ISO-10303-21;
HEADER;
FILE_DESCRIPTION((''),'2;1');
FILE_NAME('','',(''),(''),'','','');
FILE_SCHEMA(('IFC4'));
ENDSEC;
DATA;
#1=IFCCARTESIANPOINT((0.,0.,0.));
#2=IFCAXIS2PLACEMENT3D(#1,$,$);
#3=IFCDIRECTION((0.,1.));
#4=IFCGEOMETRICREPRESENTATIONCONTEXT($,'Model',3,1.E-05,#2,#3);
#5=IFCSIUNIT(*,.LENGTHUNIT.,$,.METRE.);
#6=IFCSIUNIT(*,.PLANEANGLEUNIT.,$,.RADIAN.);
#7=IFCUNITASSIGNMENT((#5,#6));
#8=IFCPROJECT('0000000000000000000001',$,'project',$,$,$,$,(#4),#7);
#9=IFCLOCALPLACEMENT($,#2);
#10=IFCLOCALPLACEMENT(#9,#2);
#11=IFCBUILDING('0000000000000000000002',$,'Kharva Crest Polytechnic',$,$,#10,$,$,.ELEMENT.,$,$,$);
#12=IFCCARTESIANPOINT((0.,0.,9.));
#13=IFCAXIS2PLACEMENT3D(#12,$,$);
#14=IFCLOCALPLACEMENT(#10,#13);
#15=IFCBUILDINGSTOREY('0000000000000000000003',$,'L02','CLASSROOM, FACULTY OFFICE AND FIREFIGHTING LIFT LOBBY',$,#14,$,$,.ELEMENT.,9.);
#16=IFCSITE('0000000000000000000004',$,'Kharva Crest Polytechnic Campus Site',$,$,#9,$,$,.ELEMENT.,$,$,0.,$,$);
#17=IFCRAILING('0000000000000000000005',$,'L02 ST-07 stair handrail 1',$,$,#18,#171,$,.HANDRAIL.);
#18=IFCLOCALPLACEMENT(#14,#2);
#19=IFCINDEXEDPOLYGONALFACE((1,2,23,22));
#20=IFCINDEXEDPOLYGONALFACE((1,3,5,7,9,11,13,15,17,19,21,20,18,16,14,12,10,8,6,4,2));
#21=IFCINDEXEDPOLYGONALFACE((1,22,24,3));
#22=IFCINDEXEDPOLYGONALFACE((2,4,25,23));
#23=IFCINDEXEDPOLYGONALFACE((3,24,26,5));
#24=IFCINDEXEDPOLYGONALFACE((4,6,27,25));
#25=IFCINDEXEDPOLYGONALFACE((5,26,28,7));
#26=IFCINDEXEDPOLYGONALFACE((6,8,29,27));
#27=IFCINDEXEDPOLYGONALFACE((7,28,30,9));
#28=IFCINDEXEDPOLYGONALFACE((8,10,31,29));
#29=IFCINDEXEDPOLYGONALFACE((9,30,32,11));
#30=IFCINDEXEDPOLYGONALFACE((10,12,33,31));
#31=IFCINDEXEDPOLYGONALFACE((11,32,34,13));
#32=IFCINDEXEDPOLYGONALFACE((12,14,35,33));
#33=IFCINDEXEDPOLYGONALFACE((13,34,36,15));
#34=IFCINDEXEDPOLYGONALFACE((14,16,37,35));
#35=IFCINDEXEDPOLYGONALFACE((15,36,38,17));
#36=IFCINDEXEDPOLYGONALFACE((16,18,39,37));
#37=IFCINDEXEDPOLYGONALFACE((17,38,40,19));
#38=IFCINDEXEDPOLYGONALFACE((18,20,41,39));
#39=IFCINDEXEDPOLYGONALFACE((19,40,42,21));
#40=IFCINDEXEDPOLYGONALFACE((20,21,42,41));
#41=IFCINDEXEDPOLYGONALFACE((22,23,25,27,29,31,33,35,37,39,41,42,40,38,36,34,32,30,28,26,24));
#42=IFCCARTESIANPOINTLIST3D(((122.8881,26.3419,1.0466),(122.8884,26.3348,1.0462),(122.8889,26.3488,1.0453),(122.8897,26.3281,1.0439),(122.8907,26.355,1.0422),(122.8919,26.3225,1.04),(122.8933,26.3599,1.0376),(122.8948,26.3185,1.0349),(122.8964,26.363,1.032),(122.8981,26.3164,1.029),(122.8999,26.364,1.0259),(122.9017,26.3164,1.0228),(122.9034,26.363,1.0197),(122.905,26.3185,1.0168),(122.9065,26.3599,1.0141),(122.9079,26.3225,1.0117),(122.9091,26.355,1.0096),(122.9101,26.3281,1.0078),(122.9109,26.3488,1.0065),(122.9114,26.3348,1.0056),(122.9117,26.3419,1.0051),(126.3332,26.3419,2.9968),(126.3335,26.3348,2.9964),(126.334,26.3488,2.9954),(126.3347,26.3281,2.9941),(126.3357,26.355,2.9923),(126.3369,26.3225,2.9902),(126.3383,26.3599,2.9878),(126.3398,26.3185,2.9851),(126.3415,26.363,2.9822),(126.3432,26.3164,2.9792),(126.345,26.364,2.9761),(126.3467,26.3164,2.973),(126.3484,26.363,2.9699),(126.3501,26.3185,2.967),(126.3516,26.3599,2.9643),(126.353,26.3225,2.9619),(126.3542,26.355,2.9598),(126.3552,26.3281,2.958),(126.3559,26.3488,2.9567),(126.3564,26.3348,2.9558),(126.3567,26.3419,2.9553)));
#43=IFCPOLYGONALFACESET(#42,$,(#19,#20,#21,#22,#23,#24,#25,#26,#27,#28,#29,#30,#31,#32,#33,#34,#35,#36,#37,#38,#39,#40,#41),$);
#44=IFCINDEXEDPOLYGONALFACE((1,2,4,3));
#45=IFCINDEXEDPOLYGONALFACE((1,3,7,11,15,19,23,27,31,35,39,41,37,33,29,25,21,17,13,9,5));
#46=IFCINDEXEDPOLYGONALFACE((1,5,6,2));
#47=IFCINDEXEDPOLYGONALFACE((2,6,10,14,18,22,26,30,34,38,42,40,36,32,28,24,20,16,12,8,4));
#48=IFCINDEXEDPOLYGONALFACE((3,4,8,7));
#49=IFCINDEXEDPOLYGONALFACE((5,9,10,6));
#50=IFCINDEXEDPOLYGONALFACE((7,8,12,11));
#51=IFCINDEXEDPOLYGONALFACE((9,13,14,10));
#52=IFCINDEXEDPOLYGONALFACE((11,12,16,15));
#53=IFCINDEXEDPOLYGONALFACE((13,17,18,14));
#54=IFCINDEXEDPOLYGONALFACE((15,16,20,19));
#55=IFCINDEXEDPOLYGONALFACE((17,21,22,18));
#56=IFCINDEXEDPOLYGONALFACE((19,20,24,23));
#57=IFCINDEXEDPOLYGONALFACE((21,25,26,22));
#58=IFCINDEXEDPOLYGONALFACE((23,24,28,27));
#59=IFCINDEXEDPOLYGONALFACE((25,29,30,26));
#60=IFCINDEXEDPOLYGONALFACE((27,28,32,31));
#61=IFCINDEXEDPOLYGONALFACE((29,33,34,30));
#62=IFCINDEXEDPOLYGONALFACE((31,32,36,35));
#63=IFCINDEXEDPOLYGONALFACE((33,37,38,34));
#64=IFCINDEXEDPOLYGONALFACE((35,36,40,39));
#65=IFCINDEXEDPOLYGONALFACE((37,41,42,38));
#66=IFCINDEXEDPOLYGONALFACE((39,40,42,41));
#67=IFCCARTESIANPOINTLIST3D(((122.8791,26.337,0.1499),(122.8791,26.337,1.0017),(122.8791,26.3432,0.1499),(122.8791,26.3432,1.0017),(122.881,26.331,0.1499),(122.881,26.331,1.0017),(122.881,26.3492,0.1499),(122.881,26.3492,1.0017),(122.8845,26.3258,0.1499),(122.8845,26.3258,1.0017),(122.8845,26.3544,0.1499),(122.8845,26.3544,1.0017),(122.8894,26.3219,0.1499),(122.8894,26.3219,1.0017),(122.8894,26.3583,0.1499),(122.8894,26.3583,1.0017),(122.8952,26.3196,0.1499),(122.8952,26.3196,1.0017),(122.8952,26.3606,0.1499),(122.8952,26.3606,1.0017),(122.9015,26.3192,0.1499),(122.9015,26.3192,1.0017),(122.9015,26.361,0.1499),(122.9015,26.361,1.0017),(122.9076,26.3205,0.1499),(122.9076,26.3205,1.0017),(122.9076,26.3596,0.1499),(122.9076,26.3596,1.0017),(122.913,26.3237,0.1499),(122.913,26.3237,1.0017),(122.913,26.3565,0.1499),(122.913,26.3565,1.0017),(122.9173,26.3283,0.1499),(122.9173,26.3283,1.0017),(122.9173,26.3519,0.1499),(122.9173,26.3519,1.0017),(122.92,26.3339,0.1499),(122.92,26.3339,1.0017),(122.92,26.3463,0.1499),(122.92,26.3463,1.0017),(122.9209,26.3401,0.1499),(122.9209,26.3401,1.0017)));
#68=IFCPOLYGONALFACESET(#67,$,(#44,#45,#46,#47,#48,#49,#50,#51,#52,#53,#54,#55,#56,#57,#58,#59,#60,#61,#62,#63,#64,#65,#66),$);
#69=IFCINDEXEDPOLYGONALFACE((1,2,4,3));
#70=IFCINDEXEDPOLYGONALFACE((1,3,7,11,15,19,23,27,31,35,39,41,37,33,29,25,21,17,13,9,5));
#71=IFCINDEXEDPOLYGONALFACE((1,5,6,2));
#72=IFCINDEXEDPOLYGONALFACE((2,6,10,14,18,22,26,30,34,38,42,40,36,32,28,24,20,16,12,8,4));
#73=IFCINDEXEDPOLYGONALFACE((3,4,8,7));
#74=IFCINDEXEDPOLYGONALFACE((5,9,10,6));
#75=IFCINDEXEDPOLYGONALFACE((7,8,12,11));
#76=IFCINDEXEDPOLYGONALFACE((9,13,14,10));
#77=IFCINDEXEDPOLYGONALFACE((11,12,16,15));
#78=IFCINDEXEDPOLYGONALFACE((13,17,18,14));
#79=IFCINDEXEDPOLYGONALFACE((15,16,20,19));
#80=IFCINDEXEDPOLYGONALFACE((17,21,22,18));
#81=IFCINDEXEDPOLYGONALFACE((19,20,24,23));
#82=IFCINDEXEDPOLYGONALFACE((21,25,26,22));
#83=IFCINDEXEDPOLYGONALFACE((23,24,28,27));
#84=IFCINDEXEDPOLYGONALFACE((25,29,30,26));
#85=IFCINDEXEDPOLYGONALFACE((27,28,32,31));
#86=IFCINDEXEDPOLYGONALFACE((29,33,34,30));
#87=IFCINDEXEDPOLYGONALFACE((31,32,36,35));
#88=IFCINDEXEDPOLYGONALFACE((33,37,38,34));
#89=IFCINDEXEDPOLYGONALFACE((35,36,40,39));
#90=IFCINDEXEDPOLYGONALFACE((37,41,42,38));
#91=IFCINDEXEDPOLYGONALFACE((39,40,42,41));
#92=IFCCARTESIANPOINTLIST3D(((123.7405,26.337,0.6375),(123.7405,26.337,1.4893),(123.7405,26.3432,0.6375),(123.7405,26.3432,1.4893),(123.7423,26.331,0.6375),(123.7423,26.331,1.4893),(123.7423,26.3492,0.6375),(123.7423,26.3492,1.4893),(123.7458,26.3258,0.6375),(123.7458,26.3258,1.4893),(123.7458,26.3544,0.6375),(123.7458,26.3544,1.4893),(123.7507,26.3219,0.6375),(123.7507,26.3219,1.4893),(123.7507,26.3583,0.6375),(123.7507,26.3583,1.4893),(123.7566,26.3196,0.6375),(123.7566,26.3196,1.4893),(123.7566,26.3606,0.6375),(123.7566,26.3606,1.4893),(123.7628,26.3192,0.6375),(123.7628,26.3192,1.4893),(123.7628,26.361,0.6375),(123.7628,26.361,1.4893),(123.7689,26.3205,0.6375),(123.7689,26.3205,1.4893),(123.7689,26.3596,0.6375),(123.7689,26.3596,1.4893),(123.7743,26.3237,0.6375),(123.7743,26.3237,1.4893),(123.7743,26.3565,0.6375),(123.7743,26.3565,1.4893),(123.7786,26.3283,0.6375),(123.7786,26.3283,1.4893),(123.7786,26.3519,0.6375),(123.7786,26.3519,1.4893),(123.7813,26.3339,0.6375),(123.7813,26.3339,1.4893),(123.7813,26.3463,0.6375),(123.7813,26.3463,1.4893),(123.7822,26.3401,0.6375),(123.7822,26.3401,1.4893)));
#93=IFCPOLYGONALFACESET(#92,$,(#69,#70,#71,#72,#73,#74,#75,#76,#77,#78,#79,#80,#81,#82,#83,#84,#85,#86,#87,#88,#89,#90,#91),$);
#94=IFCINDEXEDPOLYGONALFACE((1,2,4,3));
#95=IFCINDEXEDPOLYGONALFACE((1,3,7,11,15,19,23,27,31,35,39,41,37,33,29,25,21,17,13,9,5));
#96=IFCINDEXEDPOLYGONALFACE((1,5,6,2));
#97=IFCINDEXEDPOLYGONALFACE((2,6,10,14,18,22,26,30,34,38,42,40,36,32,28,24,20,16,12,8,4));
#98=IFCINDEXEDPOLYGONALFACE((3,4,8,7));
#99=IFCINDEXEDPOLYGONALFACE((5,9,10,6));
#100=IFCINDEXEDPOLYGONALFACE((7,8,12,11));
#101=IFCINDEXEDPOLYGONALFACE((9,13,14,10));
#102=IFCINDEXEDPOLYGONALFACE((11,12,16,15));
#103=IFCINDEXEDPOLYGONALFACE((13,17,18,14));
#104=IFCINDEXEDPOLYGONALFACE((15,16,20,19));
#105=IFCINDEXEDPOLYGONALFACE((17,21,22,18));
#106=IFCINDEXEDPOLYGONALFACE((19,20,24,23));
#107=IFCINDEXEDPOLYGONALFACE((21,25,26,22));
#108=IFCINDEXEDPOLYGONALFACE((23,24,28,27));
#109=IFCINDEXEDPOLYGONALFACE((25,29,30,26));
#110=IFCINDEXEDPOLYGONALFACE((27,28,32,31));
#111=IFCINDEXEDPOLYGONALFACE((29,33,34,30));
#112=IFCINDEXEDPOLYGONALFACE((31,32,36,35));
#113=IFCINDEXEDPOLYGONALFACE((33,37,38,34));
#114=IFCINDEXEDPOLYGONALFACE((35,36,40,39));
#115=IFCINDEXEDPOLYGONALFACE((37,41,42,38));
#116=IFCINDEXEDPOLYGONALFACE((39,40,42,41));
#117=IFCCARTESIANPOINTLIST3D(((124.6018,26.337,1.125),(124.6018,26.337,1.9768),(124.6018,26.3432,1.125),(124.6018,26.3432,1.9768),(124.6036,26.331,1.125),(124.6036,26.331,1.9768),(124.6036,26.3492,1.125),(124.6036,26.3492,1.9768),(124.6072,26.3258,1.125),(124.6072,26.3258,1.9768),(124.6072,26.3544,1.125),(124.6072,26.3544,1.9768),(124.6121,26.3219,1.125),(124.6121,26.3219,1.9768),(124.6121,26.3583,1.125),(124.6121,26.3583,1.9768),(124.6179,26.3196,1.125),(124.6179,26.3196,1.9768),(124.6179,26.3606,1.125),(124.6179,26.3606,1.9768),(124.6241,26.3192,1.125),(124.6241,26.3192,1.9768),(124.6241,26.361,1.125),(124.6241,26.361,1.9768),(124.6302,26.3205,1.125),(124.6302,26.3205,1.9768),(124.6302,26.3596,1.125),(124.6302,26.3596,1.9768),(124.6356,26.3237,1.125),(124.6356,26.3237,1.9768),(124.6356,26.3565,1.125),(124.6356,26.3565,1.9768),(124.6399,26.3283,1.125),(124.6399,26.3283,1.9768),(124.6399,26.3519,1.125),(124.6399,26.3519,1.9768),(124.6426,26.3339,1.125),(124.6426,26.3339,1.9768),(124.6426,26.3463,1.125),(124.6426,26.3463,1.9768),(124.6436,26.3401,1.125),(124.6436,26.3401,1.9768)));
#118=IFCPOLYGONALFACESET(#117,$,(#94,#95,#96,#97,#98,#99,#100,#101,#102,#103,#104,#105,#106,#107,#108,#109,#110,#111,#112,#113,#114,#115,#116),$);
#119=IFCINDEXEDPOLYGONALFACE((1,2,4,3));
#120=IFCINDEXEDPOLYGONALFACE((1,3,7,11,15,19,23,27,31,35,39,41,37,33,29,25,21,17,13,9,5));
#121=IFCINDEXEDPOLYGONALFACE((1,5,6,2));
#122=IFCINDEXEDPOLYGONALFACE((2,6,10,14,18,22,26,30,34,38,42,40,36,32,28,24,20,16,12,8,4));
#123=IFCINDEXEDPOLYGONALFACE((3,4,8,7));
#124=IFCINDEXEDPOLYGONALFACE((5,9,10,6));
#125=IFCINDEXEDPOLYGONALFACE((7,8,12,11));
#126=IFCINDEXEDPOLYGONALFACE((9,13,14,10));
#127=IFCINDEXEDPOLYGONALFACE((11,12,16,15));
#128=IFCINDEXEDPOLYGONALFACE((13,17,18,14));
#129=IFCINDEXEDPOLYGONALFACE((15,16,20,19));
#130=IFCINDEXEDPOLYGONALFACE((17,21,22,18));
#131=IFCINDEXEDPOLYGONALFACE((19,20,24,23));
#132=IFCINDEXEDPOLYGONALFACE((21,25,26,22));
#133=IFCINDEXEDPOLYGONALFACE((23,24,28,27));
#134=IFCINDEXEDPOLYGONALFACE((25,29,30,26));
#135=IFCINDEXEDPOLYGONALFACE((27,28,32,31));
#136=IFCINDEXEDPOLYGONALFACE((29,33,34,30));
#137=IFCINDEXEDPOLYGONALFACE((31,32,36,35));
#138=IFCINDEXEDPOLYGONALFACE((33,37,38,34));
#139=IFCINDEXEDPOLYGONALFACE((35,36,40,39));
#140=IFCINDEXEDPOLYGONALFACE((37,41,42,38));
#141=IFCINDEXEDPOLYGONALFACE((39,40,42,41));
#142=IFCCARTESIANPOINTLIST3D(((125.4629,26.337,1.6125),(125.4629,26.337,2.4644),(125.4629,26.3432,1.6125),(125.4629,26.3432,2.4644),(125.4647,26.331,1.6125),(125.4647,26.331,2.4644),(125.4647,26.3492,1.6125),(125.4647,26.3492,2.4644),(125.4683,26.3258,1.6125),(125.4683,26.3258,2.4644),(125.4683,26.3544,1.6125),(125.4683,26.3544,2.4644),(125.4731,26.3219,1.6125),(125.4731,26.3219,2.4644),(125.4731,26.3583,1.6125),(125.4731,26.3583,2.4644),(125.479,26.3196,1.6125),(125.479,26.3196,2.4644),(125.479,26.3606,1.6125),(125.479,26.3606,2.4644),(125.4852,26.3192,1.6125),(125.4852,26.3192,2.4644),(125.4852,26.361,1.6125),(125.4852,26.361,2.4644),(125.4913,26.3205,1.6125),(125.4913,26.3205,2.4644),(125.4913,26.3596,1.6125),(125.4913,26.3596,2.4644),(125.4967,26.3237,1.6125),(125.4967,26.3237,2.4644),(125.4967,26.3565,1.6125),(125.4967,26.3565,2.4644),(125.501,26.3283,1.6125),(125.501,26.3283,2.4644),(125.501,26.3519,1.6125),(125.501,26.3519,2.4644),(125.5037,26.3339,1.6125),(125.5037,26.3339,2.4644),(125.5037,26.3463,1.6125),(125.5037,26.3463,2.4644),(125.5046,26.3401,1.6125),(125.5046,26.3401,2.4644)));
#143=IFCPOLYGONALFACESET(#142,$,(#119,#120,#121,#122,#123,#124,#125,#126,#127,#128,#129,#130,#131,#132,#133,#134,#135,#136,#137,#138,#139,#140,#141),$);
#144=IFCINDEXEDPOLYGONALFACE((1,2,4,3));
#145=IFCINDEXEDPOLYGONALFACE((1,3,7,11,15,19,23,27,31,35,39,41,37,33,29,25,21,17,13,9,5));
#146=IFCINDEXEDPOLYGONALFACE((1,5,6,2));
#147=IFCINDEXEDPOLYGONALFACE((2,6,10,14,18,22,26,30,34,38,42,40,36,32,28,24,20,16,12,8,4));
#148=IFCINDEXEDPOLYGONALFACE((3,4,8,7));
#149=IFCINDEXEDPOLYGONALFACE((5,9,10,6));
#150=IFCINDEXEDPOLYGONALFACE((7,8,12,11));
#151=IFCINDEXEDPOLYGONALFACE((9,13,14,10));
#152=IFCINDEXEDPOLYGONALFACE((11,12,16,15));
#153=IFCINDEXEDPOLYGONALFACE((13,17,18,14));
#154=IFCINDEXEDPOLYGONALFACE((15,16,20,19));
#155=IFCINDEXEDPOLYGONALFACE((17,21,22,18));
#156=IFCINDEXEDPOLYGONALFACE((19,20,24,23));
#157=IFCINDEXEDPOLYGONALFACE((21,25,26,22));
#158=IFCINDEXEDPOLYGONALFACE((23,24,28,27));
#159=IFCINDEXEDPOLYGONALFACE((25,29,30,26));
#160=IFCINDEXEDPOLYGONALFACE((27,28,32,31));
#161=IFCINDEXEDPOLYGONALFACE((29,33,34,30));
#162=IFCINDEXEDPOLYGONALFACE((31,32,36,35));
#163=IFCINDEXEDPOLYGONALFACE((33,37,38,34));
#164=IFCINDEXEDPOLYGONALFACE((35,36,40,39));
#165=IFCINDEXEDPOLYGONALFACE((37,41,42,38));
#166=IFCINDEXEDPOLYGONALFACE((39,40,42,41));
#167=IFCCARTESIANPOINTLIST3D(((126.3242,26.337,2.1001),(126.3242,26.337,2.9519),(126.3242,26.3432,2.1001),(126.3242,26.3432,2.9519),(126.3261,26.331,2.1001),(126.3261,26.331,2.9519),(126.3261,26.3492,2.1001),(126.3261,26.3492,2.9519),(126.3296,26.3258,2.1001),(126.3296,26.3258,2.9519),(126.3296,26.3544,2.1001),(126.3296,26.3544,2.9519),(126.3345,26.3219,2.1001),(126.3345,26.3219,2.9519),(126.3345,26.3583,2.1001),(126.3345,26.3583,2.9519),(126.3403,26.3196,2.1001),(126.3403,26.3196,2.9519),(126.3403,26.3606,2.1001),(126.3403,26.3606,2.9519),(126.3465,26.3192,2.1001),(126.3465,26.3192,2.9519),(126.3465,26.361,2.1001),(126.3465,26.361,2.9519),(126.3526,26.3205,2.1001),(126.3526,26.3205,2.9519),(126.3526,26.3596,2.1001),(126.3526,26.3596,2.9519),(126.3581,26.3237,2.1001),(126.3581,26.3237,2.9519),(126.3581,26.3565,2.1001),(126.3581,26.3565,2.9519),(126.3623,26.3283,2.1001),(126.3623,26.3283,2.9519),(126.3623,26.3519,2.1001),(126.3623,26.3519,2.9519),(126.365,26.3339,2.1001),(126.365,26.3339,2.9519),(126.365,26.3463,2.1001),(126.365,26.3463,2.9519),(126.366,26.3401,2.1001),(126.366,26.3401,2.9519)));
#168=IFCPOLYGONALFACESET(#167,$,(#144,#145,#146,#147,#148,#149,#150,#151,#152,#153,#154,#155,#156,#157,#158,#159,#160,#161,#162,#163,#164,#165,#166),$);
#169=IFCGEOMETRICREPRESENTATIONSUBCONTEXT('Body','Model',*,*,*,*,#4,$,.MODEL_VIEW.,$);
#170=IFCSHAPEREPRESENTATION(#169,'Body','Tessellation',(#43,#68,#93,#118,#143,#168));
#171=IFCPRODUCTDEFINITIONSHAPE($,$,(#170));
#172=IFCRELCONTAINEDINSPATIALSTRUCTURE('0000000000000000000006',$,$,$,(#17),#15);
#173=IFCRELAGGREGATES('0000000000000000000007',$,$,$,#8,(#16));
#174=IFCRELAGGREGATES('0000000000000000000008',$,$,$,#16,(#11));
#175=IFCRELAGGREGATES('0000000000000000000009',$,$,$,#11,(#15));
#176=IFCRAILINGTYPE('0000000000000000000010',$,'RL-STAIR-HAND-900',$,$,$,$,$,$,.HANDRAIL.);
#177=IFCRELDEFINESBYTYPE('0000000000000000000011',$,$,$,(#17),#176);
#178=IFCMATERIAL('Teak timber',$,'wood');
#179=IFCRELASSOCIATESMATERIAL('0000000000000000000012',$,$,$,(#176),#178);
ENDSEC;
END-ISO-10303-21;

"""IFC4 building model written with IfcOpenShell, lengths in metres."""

from ifc_helpers import new_model, si_unit, direction, frame, origin, origin_2d, place, context, subcontext, project, spatial, circle, extrude, material, type_object, element, save


model = new_model("IFC4")

# Units and contexts
model_context = context("Model", 3, precision=1e-05, world=origin(), true_north=direction((0.0, 1.0)))
body_context = subcontext(model_context, "Body", "Model", "MODEL_VIEW")
ifc_project = project(units=[si_unit("LENGTHUNIT", "METRE"), si_unit("PLANEANGLEUNIT", "RADIAN")], contexts=[model_context])

# Site, building, storey
site_placement = place(None, origin())
site = spatial("IfcSite", under=ifc_project, at=site_placement, Name="Kharva Crest Polytechnic Campus Site", CompositionType="ELEMENT", RefElevation=0.0)
building_placement = place(site_placement, origin())
building = spatial("IfcBuilding", under=site, at=building_placement, Name="Kharva Crest Polytechnic", CompositionType="ELEMENT")
storey_placement = place(building_placement, frame((0.0, 0.0, 9.0)))
storey = spatial("IfcBuildingStorey", under=building, at=storey_placement, Name="L02", Description="CLASSROOM, FACULTY OFFICE AND FIREFIGHTING LIFT LOBBY", CompositionType="ELEMENT", Elevation=9.0)

# Shared definitions
ifc_material_1 = material(Name="Teak timber", Category="wood")

# Railing
railing_type_1 = type_object("IfcRailingType", Name="RL-STAIR-HAND-900", PredefinedType="HANDRAIL", material=ifc_material_1)
railing_1_placement = place(storey_placement, frame((122.8999, 26.3401, 0.1499)))
element("IfcRailing", 1, at=railing_1_placement, inside=storey, type_object=railing_type_1, Name="L02 ST-07 stair handrail 1", PredefinedType="HANDRAIL", context=body_context, shape_type="SweptSolid", body=[
    extrude(circle(Radius=0.0239, at=origin_2d()), frame((0.0, 0.0, 0.876), z_axis=(0.87024, 0.0, 0.492628), x_axis=(0.0, 1.0, 0.0)), (0.0, 0.0, 1.0), 3.9587),
    extrude(circle(Radius=0.021, at=origin_2d()), origin(), (0.0, 0.0, 1.0), 0.8518),
    extrude(circle(Radius=0.021, at=origin_2d()), frame((0.8613, 0.0, 0.4875)), (0.0, 0.0, 1.0), 0.8518),
    extrude(circle(Radius=0.021, at=origin_2d()), frame((1.7227, 0.0, 0.9751)), (0.0, 0.0, 1.0), 0.8518),
    extrude(circle(Radius=0.021, at=origin_2d()), frame((2.5837, 0.0, 1.4626)), (0.0, 0.0, 1.0), 0.8518),
    extrude(circle(Radius=0.021, at=origin_2d()), frame((3.4451, 0.0, 1.9502)), (0.0, 0.0, 1.0), 0.8518),
])

save(model, "model.ifc")
